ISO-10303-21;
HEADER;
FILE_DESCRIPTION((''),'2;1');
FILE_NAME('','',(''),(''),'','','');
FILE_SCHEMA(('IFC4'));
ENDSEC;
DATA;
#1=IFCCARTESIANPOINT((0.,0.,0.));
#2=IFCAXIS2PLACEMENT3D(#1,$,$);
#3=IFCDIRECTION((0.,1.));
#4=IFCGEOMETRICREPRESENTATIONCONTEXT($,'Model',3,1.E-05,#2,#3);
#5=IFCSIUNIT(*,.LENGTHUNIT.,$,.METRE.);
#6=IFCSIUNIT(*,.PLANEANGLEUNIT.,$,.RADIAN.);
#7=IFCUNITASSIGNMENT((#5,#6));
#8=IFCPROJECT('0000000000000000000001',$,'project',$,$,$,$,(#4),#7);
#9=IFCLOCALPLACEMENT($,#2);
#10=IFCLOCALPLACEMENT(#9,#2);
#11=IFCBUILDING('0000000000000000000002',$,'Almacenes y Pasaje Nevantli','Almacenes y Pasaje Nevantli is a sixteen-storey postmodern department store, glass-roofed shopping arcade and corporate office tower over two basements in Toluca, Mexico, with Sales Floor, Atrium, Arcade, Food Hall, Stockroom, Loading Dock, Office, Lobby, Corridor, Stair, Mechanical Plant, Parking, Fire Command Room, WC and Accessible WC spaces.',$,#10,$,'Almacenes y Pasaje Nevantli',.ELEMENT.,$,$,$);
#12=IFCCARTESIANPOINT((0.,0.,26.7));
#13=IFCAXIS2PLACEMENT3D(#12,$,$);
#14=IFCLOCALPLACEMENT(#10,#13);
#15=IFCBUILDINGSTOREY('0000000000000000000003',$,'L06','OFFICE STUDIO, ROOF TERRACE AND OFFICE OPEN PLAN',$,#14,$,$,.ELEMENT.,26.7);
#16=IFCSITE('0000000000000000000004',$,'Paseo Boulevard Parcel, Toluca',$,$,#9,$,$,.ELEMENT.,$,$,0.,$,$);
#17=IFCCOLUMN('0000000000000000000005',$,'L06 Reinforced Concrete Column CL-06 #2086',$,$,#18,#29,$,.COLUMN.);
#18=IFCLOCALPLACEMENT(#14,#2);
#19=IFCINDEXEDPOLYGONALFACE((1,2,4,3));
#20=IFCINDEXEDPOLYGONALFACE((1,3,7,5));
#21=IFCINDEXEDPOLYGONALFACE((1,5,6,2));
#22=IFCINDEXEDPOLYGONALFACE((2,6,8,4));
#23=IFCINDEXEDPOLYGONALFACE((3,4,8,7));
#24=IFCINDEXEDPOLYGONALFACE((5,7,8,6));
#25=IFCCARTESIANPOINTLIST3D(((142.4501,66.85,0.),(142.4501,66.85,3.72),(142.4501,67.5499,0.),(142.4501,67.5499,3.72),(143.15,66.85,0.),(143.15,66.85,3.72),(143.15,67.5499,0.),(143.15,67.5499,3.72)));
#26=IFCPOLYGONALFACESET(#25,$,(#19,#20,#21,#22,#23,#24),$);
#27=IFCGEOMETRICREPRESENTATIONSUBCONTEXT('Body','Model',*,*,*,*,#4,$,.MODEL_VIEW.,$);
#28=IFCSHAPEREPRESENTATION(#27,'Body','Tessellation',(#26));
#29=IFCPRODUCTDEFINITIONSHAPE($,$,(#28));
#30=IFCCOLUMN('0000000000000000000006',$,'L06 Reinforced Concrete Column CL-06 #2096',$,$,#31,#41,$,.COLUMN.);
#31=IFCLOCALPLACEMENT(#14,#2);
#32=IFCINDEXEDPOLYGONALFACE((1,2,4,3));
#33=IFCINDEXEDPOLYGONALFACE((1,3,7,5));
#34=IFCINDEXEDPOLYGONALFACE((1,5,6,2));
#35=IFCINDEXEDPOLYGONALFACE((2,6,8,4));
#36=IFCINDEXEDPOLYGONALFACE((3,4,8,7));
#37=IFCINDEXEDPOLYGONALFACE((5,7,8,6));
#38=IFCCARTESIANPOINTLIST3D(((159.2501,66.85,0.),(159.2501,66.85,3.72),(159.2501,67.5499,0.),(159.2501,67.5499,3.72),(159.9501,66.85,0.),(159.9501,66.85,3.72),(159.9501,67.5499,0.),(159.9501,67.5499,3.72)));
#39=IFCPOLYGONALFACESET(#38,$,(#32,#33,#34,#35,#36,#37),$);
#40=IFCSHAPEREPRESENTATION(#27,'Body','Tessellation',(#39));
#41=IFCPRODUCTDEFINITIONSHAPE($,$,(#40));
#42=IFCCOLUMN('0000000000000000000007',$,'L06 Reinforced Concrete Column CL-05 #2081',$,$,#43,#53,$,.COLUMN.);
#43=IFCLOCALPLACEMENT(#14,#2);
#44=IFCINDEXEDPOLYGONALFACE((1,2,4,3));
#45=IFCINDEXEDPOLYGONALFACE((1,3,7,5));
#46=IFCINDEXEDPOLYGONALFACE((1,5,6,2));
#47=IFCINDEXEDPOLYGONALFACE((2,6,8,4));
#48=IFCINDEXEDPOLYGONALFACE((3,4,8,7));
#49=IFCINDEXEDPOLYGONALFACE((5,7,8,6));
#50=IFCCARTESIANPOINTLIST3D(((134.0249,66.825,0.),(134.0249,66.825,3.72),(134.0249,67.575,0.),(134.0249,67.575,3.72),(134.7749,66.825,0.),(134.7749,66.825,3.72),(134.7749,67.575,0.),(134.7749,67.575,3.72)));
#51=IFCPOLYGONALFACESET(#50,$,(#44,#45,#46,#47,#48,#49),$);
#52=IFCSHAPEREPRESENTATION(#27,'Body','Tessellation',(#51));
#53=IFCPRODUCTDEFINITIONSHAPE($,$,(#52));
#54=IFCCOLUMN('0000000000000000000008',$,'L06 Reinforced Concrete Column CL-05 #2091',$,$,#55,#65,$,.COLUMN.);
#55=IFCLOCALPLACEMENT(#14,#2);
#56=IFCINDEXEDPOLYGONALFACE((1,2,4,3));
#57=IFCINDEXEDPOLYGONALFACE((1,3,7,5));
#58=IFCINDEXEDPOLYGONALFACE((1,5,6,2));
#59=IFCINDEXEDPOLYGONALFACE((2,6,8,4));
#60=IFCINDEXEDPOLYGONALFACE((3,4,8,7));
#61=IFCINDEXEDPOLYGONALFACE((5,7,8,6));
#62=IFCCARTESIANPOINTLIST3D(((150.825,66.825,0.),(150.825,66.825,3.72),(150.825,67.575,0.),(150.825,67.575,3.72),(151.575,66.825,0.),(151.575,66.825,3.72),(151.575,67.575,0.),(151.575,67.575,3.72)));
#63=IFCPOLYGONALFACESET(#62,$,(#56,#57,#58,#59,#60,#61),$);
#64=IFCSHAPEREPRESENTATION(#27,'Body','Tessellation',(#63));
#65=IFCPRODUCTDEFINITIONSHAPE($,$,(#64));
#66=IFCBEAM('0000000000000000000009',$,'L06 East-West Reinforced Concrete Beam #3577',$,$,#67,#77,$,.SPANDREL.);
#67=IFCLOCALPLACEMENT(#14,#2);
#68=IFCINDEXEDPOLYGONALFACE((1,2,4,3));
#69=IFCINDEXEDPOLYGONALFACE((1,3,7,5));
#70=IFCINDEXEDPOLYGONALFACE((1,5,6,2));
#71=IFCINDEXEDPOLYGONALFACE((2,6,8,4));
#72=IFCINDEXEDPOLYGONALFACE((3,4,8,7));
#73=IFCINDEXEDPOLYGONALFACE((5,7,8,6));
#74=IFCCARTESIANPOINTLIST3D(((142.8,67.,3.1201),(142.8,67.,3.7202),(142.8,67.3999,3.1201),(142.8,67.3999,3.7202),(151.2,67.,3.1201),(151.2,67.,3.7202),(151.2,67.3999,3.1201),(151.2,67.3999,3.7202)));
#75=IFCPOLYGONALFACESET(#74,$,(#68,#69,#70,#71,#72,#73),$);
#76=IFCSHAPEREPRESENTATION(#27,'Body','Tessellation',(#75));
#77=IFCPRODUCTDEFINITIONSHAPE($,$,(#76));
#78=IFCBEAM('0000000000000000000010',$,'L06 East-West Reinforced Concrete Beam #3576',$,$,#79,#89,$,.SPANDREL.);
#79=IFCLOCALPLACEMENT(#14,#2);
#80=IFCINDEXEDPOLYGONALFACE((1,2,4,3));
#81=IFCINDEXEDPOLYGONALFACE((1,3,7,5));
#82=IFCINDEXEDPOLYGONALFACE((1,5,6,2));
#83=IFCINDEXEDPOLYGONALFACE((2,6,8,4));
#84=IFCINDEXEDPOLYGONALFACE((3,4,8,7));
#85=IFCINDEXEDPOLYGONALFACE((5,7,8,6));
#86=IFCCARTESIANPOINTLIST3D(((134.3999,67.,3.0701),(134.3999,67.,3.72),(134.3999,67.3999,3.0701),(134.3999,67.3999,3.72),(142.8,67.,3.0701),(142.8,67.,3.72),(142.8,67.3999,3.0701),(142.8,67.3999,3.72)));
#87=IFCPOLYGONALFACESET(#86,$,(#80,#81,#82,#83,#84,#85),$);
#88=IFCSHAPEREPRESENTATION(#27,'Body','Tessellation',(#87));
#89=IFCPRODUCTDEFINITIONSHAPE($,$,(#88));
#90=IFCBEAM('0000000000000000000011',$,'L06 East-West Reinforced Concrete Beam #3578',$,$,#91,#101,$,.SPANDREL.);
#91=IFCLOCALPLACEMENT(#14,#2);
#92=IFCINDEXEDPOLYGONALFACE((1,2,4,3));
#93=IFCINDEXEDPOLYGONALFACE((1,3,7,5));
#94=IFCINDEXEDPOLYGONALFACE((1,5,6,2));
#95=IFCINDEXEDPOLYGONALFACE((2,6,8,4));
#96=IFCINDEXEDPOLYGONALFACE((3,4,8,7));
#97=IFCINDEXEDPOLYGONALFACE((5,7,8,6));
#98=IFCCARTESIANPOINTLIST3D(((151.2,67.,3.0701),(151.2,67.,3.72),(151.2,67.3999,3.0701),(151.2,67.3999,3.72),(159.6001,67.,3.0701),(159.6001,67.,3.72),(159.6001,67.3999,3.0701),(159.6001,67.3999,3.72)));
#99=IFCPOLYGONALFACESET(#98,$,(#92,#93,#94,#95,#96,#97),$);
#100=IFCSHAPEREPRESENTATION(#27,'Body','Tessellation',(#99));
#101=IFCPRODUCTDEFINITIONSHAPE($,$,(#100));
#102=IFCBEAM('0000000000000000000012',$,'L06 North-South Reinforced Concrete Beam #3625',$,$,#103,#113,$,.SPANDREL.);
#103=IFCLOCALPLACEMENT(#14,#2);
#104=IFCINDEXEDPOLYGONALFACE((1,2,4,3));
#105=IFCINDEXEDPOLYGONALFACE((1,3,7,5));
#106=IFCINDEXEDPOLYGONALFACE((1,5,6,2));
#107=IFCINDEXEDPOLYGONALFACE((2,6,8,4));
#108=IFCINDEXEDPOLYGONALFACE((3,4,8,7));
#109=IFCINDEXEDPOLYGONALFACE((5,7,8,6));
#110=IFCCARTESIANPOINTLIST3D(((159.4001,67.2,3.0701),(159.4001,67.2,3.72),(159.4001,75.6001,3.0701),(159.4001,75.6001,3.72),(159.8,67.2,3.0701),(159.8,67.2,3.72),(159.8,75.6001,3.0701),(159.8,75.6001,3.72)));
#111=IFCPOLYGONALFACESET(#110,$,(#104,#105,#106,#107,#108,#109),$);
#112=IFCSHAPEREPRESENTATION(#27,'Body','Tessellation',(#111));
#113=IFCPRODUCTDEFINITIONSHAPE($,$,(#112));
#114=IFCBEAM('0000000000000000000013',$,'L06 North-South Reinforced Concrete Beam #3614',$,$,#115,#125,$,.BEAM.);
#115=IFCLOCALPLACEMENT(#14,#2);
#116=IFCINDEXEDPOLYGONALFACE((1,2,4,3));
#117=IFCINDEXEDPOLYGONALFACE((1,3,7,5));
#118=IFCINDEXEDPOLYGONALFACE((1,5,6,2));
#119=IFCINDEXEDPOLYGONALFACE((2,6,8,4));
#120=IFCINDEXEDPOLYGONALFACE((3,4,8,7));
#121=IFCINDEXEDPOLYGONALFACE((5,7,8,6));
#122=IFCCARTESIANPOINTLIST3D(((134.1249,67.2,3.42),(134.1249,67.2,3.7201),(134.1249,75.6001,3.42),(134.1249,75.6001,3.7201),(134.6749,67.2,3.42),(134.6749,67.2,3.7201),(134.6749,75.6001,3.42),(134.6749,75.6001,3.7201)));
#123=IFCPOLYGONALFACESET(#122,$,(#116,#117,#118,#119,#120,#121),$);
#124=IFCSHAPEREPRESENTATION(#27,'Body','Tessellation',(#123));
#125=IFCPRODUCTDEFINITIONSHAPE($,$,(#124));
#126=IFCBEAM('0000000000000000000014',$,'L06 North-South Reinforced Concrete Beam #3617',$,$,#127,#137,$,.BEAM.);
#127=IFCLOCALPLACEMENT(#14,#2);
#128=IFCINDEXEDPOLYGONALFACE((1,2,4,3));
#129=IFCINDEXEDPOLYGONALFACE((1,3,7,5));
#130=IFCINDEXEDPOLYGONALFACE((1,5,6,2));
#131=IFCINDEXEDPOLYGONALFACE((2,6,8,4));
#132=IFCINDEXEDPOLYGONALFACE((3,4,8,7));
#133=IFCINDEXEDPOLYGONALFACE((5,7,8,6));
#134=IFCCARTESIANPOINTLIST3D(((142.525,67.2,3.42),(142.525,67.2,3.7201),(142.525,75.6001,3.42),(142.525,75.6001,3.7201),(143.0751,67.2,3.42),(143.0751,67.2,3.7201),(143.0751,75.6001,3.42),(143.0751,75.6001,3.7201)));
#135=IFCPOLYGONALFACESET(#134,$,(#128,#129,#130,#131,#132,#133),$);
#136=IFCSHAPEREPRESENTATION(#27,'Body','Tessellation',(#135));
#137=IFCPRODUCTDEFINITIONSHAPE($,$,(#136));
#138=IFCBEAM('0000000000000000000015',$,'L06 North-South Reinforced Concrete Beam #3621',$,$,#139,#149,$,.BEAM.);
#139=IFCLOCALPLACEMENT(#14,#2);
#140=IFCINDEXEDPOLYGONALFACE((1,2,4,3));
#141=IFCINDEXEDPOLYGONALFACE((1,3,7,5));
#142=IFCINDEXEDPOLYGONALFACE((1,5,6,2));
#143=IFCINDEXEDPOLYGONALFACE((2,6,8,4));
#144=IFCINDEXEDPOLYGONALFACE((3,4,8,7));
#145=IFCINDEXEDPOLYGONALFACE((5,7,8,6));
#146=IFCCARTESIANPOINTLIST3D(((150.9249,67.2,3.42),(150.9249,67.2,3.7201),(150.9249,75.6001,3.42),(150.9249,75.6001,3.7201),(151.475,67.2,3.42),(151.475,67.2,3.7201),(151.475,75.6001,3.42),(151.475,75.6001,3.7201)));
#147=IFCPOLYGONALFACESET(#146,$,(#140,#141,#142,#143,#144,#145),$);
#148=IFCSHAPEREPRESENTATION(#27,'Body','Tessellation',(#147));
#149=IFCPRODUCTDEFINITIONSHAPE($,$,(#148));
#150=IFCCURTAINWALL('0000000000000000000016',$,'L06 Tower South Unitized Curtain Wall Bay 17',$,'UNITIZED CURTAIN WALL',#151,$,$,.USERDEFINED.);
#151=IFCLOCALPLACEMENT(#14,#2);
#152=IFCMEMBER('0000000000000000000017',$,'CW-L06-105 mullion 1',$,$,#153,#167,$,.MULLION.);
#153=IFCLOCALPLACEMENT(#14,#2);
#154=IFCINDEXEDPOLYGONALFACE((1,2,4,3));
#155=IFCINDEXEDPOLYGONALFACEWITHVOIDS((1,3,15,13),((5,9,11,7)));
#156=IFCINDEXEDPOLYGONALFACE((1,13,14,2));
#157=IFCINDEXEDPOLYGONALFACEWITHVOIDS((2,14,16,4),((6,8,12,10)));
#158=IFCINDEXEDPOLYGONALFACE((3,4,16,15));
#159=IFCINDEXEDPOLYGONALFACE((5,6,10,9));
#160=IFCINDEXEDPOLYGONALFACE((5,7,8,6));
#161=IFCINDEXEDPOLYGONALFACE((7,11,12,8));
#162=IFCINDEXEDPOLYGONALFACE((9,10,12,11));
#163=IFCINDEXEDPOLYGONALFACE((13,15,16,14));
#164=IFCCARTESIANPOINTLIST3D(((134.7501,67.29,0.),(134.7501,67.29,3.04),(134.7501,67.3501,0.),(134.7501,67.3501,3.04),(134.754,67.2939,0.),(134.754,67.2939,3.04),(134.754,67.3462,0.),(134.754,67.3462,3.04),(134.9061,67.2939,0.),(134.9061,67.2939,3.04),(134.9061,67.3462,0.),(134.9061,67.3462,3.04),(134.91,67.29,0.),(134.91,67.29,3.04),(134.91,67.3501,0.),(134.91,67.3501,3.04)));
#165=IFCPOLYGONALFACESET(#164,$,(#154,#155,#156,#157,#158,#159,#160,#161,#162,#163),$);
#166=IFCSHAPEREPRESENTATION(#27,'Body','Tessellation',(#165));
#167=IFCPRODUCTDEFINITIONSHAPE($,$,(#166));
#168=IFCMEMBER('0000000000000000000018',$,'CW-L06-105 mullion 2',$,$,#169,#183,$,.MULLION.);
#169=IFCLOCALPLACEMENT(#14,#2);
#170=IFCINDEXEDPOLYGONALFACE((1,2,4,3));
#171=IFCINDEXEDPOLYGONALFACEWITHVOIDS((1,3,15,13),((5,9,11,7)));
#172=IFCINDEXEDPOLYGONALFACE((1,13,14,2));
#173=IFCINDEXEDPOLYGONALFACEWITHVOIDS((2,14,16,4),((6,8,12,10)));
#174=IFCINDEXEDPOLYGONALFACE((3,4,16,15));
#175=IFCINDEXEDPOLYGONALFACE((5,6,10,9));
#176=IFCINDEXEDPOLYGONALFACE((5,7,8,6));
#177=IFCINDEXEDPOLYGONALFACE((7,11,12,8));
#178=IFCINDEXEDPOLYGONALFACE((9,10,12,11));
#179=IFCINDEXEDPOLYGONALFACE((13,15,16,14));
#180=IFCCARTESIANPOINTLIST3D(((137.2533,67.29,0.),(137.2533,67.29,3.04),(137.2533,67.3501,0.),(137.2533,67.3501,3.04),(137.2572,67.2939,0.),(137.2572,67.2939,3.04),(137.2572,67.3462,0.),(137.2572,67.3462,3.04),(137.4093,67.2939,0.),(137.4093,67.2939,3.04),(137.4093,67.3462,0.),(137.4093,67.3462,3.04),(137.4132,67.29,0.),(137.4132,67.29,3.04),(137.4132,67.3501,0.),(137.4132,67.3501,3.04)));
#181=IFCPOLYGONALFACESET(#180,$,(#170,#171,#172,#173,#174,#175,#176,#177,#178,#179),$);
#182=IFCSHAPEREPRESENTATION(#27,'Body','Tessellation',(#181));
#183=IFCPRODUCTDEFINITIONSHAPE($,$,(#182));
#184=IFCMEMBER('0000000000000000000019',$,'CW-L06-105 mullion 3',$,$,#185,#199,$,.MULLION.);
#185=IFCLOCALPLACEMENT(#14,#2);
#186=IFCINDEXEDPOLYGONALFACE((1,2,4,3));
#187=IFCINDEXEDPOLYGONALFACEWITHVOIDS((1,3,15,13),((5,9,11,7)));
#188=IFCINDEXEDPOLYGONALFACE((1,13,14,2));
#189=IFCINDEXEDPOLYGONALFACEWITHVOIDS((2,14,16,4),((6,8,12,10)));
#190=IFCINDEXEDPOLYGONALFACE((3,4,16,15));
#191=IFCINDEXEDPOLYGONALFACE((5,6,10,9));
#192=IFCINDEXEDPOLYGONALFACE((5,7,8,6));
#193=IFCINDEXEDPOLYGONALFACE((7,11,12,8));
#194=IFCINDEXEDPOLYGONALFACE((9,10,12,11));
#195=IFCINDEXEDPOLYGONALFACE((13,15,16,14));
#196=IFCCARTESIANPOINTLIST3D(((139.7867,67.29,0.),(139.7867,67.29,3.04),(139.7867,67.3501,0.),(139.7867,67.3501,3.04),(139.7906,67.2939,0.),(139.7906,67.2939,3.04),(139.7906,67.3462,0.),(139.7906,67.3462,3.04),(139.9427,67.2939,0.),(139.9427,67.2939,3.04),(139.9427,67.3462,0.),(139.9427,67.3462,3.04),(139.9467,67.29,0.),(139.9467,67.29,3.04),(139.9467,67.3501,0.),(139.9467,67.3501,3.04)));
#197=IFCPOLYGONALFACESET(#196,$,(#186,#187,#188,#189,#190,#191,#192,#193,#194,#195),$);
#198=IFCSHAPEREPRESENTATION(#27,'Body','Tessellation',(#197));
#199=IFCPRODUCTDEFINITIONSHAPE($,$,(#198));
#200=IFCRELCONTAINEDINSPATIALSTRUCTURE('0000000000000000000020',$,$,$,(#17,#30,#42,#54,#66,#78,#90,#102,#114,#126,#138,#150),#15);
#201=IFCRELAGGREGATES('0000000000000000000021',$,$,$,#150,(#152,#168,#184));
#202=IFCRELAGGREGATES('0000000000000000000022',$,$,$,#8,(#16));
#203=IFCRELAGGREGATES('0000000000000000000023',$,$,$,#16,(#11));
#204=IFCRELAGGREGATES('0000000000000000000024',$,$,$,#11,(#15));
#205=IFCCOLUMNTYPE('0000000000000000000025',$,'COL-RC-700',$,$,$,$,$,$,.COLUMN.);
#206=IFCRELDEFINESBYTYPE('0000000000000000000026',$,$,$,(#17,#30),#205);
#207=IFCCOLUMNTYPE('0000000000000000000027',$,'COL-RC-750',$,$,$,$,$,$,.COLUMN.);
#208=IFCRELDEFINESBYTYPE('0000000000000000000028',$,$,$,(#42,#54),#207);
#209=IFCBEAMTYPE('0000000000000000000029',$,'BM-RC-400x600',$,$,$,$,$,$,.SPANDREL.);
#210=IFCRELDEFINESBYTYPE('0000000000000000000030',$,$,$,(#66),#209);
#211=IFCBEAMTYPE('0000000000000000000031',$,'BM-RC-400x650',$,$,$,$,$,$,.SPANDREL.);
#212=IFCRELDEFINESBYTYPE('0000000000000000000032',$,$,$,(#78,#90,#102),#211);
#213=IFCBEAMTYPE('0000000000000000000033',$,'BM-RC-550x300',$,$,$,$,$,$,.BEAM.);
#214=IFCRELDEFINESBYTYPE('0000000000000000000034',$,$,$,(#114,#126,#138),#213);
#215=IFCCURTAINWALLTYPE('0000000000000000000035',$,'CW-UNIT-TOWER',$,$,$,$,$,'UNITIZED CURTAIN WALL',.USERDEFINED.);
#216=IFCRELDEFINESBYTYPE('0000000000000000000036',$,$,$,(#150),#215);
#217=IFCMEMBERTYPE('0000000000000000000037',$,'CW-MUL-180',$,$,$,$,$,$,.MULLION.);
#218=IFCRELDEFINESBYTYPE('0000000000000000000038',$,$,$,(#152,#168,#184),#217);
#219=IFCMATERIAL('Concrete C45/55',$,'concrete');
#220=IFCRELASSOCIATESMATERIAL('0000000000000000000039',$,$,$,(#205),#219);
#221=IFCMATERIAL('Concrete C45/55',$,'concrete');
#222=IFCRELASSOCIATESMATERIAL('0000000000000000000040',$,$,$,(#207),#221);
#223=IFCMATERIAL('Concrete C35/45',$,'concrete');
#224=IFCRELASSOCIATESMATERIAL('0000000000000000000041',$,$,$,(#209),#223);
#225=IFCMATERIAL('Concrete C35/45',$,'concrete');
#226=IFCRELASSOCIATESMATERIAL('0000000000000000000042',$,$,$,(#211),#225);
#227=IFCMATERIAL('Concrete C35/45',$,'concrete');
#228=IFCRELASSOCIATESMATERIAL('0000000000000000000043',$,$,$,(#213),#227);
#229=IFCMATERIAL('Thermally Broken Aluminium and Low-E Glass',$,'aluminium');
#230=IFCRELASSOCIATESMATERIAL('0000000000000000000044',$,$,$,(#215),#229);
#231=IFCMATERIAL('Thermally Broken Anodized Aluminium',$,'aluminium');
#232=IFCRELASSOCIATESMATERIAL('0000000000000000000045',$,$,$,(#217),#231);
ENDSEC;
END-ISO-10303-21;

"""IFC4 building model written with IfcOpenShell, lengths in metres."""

from ifc_helpers import new_model, si_unit, direction, frame, origin, origin_2d, place, context, subcontext, project, spatial, rectangle, hollow_rectangle, extrude, material, material_profile, profile_set, type_object, element, aggregate, save


model = new_model("IFC4")

# Units and contexts
model_context = context("Model", 3, precision=1e-05, world=origin(), true_north=direction((0.0, 1.0)))
body_context = subcontext(model_context, "Body", "Model", "MODEL_VIEW")
ifc_project = project(units=[si_unit("LENGTHUNIT", "METRE"), si_unit("PLANEANGLEUNIT", "RADIAN")], contexts=[model_context])

# Site, building, storey
site_placement = place(None, origin())
site = spatial("IfcSite", under=ifc_project, at=site_placement, Name="Paseo Boulevard Parcel, Toluca", CompositionType="ELEMENT", RefElevation=0.0)
building_placement = place(site_placement, origin())
building = spatial("IfcBuilding", under=site, at=building_placement, Name="Almacenes y Pasaje Nevantli", Description="Almacenes y Pasaje Nevantli is a sixteen-storey postmodern department store, glass-roofed shopping arcade and corporate office tower over two basements in Toluca, Mexico, with Sales Floor, Atrium, Arcade, Food Hall, Stockroom, Loading Dock, Office, Lobby, Corridor, Stair, Mechanical Plant, Parking, Fire Command Room, WC and Accessible WC spaces.", LongName="Almacenes y Pasaje Nevantli", CompositionType="ELEMENT")
storey_placement = place(building_placement, frame((0.0, 0.0, 26.7)))
storey = spatial("IfcBuildingStorey", under=building, at=storey_placement, Name="L06", Description="OFFICE STUDIO, ROOF TERRACE AND OFFICE OPEN PLAN", CompositionType="ELEMENT", Elevation=26.7)

# Columns
ifc_material_1 = material(Name="Concrete C45/55", Category="concrete")
ifc_material_profile_1 = material_profile(ifc_material_1, rectangle(XDim=0.7, YDim=0.7, at=origin_2d()), Name="RC-COL-700x700")
ifc_profile_set_1 = profile_set([ifc_material_profile_1], Name="Concrete C45/55")
column_type_1 = type_object("IfcColumnType", Name="COL-RC-700", PredefinedType="COLUMN", material=ifc_profile_set_1)
for number, where, z_axis, x_axis, name in (
    (1, (142.8, 67.2, 0.0), (0.0, 0.0, 1.0), (1.0, 0.0, 0.0), "L06 Reinforced Concrete Column CL-06 #2086"),
    (2, (159.6001, 67.2, 0.0), (0.0, 0.0, 1.0), (1.0, 0.0, 0.0), "L06 Reinforced Concrete Column CL-06 #2096"),
):
    element("IfcColumn", number, at=place(storey_placement, frame(where, z_axis=z_axis, x_axis=x_axis)), inside=storey, type_object=column_type_1, Name=name, PredefinedType="COLUMN", context=body_context, shape_type="SweptSolid", body=[
        extrude(rectangle(XDim=0.7, YDim=0.7, at=origin_2d()), origin(), (0.0, 0.0, 1.0), 3.72),
    ])
ifc_material_2 = material(Name="Concrete C45/55", Category="concrete")
ifc_material_profile_2 = material_profile(ifc_material_2, rectangle(XDim=0.75, YDim=0.75, at=origin_2d()), Name="RC-COL-750x750")
ifc_profile_set_2 = profile_set([ifc_material_profile_2], Name="Concrete C45/55")
column_type_2 = type_object("IfcColumnType", Name="COL-RC-750", PredefinedType="COLUMN", material=ifc_profile_set_2)
for number, where, z_axis, x_axis, name in (
    (3, (134.3999, 67.2, 0.0), (0.0, 0.0, 1.0), (1.0, 0.0, 0.0), "L06 Reinforced Concrete Column CL-05 #2081"),
    (4, (151.2, 67.2, 0.0), (0.0, 0.0, 1.0), (1.0, 0.0, 0.0), "L06 Reinforced Concrete Column CL-05 #2091"),
):
    element("IfcColumn", number, at=place(storey_placement, frame(where, z_axis=z_axis, x_axis=x_axis)), inside=storey, type_object=column_type_2, Name=name, PredefinedType="COLUMN", context=body_context, shape_type="SweptSolid", body=[
        extrude(rectangle(XDim=0.75, YDim=0.75, at=origin_2d()), origin(), (0.0, 0.0, 1.0), 3.72),
    ])

# Beams
ifc_material_3 = material(Name="Concrete C35/45", Category="concrete")
ifc_material_profile_3 = material_profile(ifc_material_3, rectangle(XDim=0.3999, YDim=0.6001, at=origin_2d()), Name="RC-BM-400x600")
ifc_profile_set_3 = profile_set([ifc_material_profile_3], Name="Concrete C35/45")
beam_type_1 = type_object("IfcBeamType", Name="BM-RC-400x600", PredefinedType="SPANDREL", material=ifc_profile_set_3)
beam_placement = place(storey_placement, frame((142.8, 67.2, 3.4202), z_axis=(1.0, 0.0, 0.0), x_axis=(0.0, 1.0, 0.0)))
element("IfcBeam", 5, at=beam_placement, inside=storey, type_object=beam_type_1, Name="L06 East-West Reinforced Concrete Beam #3577", PredefinedType="SPANDREL", context=body_context, shape_type="SweptSolid", body=[
    extrude(rectangle(XDim=0.3999, YDim=0.6001, at=origin_2d()), origin(), (0.0, 0.0, 1.0), 8.3999),
])
ifc_material_4 = material(Name="Concrete C35/45", Category="concrete")
ifc_material_profile_4 = material_profile(ifc_material_4, rectangle(XDim=0.3999, YDim=0.6499, at=origin_2d()), Name="RC-BM-400x650")
ifc_profile_set_4 = profile_set([ifc_material_profile_4], Name="Concrete C35/45")
beam_type_2 = type_object("IfcBeamType", Name="BM-RC-400x650", PredefinedType="SPANDREL", material=ifc_profile_set_4)
for number, where, z_axis, x_axis, name in (
    (6, (134.3999, 67.2, 3.395), (1.0, 0.0, 0.0), (0.0, 1.0, 0.0), "L06 East-West Reinforced Concrete Beam #3576"),
    (7, (151.2, 67.2, 3.395), (1.0, 0.0, 0.0), (0.0, 1.0, 0.0), "L06 East-West Reinforced Concrete Beam #3578"),
    (8, (159.6001, 67.2, 3.395), (0.0, 1.0, 0.0), (-1.0, 0.0, 0.0), "L06 North-South Reinforced Concrete Beam #3625"),
):
    element("IfcBeam", number, at=place(storey_placement, frame(where, z_axis=z_axis, x_axis=x_axis)), inside=storey, type_object=beam_type_2, Name=name, PredefinedType="SPANDREL", context=body_context, shape_type="SweptSolid", body=[
        extrude(rectangle(XDim=0.3999, YDim=0.6499, at=origin_2d()), origin(), (0.0, 0.0, 1.0), 8.4001),
    ])
ifc_material_5 = material(Name="Concrete C35/45", Category="concrete")
ifc_material_profile_5 = material_profile(ifc_material_5, rectangle(XDim=0.55, YDim=0.3, at=origin_2d()), Name="RC-BM-550x300")
ifc_profile_set_5 = profile_set([ifc_material_profile_5], Name="Concrete C35/45")
beam_type_3 = type_object("IfcBeamType", Name="BM-RC-550x300", PredefinedType="BEAM", material=ifc_profile_set_5)
for number, where, z_axis, x_axis, name in (
    (9, (134.3999, 67.2, 3.5701), (0.0, 1.0, 0.0), (-1.0, 0.0, 0.0), "L06 North-South Reinforced Concrete Beam #3614"),
    (10, (142.8, 67.2, 3.5701), (0.0, 1.0, 0.0), (-1.0, 0.0, 0.0), "L06 North-South Reinforced Concrete Beam #3617"),
    (11, (151.2, 67.2, 3.5701), (0.0, 1.0, 0.0), (-1.0, 0.0, 0.0), "L06 North-South Reinforced Concrete Beam #3621"),
):
    element("IfcBeam", number, at=place(storey_placement, frame(where, z_axis=z_axis, x_axis=x_axis)), inside=storey, type_object=beam_type_3, Name=name, PredefinedType="BEAM", context=body_context, shape_type="SweptSolid", body=[
        extrude(rectangle(XDim=0.55, YDim=0.3, at=origin_2d()), origin(), (0.0, 0.0, 1.0), 8.4001),
    ])

# Curtain wall, members
ifc_material_6 = material(Name="Thermally Broken Aluminium and Low-E Glass", Category="aluminium")
curtain_wall_type = type_object("IfcCurtainWallType", Name="CW-UNIT-TOWER", ElementType="UNITIZED CURTAIN WALL", PredefinedType="USERDEFINED", material=ifc_material_6)
curtain_wall_placement = place(storey_placement, origin())
curtain_wall = element("IfcCurtainWall", 12, at=curtain_wall_placement, inside=storey, type_object=curtain_wall_type, Name="L06 Tower South Unitized Curtain Wall Bay 17", ObjectType="UNITIZED CURTAIN WALL", PredefinedType="USERDEFINED")
ifc_material_7 = material(Name="Thermally Broken Anodized Aluminium", Category="aluminium")
ifc_material_profile_6 = material_profile(ifc_material_7, hollow_rectangle(XDim=0.0601, YDim=0.1599, WallThickness=0.0039, at=origin_2d()), Name="ALU-MUL-60x160")
ifc_profile_set_6 = profile_set([ifc_material_profile_6], Name="Thermally Broken Anodized Aluminium")
member_type_1 = type_object("IfcMemberType", Name="CW-MUL-180", PredefinedType="MULLION", material=ifc_profile_set_6)
member_1_placement = place(storey_placement, frame((134.8301, 67.3201, 0.0), z_axis=(0.0, 0.0, 1.0), x_axis=(0.0, 1.0, 0.0)))
member_1 = element("IfcMember", 13, at=member_1_placement, type_object=member_type_1, Name="CW-L06-105 mullion 1", PredefinedType="MULLION", context=body_context, shape_type="SweptSolid", body=[
    extrude(hollow_rectangle(XDim=0.0601, YDim=0.1599, WallThickness=0.0039, at=origin_2d()), origin(), (0.0, 0.0, 1.0), 3.04),
])
member_2_placement = place(storey_placement, frame((137.3333, 67.3201, 0.0), z_axis=(0.0, 0.0, 1.0), x_axis=(0.0, 1.0, 0.0)))
member_2 = element("IfcMember", 14, at=member_2_placement, type_object=member_type_1, Name="CW-L06-105 mullion 2", PredefinedType="MULLION", context=body_context, shape_type="SweptSolid", body=[
    extrude(hollow_rectangle(XDim=0.0601, YDim=0.1599, WallThickness=0.0039, at=origin_2d()), origin(), (0.0, 0.0, 1.0), 3.04),
])
member_3_placement = place(storey_placement, frame((139.8667, 67.3201, 0.0), z_axis=(0.0, 0.0, 1.0), x_axis=(0.0, 1.0, 0.0)))
member_3 = element("IfcMember", 15, at=member_3_placement, type_object=member_type_1, Name="CW-L06-105 mullion 3", PredefinedType="MULLION", context=body_context, shape_type="SweptSolid", body=[
    extrude(hollow_rectangle(XDim=0.0601, YDim=0.1599, WallThickness=0.0039, at=origin_2d()), origin(), (0.0, 0.0, 1.0), 3.04),
])
aggregate(curtain_wall, [member_1, member_2, member_3])

save(model, "model.ifc")
